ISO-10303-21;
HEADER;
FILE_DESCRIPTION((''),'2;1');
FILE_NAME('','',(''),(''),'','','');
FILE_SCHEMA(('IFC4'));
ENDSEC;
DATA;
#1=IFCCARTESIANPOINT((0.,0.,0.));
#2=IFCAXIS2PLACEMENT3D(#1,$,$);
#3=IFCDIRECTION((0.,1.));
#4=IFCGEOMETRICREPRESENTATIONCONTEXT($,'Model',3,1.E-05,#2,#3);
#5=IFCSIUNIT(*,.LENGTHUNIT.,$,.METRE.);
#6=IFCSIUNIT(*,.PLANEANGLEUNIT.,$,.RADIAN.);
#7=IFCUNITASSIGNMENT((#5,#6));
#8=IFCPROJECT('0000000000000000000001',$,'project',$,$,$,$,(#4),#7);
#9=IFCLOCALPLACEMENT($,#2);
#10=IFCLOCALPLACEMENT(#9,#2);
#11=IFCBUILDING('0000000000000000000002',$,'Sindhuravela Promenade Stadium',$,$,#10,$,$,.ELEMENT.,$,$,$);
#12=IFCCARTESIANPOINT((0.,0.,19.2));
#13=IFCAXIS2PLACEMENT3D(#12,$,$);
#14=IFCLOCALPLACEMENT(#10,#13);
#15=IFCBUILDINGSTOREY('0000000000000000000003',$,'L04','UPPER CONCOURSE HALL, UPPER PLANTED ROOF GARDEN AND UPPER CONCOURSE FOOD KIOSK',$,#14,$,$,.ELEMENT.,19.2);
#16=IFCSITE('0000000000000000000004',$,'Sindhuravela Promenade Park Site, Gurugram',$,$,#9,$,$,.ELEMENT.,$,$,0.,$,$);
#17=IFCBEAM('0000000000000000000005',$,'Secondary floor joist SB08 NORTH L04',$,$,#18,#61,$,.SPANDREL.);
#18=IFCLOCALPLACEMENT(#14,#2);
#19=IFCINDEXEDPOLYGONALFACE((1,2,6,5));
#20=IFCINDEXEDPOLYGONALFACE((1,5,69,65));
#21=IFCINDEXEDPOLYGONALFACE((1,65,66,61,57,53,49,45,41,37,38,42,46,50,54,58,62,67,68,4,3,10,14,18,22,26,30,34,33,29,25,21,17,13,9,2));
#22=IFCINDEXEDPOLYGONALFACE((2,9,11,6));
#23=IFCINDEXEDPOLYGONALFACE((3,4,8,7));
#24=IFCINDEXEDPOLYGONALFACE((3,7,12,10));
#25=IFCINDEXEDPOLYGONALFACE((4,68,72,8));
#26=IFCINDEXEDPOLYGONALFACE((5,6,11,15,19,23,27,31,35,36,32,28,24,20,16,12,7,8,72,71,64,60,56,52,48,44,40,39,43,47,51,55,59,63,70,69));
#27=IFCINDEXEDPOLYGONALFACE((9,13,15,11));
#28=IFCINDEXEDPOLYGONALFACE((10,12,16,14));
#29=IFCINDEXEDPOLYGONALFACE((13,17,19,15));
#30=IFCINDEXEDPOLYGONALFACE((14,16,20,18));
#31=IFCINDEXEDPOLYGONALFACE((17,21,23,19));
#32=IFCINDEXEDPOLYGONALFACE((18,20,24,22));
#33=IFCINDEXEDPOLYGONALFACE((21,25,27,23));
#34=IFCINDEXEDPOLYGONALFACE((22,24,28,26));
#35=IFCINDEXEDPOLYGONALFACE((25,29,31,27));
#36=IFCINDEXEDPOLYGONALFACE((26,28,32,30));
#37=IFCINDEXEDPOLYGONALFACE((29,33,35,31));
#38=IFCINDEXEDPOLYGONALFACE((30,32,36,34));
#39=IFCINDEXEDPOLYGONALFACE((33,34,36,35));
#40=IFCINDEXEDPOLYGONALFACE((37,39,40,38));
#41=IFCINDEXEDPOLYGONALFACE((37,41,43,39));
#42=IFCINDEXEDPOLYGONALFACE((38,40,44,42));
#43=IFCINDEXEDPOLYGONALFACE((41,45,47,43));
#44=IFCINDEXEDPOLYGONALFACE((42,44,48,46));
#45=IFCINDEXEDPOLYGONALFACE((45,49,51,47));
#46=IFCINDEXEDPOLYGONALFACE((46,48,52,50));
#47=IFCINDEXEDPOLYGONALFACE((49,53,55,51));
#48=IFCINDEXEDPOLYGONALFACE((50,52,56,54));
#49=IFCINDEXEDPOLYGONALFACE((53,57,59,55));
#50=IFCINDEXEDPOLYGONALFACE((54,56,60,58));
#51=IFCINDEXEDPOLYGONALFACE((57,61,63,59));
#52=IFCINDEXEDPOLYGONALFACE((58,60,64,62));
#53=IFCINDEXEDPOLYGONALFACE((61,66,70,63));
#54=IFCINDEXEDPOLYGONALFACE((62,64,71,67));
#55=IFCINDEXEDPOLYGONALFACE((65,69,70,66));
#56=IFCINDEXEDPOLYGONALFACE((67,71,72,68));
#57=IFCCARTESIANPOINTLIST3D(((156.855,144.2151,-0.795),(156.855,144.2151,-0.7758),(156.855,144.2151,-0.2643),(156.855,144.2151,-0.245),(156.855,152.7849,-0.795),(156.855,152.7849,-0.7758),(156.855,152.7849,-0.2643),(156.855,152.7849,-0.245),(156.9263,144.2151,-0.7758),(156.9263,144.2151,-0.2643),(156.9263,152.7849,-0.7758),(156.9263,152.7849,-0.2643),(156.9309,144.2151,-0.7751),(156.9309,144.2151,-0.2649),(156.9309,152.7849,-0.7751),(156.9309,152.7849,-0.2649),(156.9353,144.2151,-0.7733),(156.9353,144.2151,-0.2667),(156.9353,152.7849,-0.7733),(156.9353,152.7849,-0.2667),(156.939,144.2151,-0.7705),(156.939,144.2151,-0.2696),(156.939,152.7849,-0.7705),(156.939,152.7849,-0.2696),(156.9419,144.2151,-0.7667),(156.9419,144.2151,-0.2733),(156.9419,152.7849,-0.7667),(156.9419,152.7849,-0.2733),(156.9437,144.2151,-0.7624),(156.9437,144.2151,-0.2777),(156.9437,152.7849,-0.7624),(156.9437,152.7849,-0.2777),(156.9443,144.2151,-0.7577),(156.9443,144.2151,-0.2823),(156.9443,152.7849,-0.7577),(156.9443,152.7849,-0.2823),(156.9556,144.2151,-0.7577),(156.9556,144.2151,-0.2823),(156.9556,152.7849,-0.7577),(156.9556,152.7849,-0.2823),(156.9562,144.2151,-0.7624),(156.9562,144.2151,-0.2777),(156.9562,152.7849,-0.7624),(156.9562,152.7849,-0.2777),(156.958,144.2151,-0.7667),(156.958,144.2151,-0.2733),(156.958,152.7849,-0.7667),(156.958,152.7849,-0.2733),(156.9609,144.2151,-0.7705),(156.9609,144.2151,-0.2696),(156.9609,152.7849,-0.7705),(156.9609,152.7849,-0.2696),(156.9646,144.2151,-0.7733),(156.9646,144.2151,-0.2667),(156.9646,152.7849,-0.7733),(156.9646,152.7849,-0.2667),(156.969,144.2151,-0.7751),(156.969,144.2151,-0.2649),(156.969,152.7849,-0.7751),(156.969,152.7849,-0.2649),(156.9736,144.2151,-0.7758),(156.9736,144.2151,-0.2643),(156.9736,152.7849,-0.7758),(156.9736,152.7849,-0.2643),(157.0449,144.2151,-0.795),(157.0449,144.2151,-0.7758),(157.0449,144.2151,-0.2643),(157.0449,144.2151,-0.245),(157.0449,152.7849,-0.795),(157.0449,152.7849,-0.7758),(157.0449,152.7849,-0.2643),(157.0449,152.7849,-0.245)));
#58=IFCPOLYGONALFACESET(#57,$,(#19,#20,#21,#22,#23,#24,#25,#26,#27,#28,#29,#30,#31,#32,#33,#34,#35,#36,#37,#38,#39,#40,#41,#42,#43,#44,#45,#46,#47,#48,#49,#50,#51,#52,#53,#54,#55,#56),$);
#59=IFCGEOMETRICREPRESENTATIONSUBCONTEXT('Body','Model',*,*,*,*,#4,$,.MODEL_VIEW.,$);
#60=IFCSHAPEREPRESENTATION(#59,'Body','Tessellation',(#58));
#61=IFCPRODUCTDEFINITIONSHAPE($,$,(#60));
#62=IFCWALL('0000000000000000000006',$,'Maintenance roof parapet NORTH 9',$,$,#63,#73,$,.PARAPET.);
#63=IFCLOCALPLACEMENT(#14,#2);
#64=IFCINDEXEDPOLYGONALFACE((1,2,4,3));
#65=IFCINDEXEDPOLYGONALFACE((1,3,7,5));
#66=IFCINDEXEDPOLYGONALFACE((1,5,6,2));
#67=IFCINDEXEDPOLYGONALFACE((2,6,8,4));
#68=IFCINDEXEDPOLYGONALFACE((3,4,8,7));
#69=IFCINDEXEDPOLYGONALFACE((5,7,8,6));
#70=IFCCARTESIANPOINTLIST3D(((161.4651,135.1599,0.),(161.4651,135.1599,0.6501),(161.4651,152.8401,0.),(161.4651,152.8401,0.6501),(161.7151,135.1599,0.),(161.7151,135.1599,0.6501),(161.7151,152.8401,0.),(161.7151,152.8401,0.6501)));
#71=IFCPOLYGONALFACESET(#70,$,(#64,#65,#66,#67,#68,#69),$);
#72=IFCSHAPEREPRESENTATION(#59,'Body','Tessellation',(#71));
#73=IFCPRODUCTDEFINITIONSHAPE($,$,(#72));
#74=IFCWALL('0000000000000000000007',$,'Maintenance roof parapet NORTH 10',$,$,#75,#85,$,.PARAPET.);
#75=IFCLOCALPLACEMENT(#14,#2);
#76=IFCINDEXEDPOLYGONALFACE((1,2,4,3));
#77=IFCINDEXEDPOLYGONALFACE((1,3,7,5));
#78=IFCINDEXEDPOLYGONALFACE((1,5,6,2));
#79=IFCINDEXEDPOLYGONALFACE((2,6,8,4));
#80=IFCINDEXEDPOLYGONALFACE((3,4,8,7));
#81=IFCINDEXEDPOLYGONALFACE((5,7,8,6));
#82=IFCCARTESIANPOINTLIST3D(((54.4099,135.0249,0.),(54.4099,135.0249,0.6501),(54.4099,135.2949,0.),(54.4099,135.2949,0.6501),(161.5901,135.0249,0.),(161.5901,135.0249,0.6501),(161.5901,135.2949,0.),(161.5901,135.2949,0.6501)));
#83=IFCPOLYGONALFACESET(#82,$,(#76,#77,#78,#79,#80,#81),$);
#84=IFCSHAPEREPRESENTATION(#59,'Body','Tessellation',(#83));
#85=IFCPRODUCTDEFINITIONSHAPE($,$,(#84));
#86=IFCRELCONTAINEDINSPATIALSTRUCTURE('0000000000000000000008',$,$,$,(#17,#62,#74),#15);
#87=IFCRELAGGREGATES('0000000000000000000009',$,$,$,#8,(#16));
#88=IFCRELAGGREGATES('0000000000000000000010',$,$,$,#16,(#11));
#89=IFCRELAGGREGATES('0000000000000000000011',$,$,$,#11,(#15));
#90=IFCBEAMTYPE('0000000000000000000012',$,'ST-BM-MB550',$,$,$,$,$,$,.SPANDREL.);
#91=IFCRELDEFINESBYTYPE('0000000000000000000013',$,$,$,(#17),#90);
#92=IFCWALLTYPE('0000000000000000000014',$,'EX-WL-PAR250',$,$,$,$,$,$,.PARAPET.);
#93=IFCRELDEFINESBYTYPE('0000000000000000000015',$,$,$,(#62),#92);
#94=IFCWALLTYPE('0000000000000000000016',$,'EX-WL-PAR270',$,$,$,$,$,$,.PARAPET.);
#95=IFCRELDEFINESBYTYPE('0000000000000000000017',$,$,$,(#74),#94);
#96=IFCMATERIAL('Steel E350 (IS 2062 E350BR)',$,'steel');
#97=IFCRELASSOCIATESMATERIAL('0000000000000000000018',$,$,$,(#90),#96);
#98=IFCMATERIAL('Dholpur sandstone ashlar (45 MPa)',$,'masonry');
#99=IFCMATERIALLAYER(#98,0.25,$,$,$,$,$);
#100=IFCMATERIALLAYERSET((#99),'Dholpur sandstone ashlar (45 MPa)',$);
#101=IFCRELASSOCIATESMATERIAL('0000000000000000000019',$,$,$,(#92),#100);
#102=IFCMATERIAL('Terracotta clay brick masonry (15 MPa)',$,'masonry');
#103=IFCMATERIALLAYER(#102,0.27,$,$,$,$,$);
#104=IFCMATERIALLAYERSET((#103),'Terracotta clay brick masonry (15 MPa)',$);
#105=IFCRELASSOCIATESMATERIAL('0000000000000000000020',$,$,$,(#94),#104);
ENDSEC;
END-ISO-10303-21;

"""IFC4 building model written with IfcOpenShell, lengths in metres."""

from ifc_helpers import new_model, si_unit, direction, frame, frame_2d, origin, origin_2d, place, context, subcontext, project, spatial, rectangle, i_section, extrude, material, layer, layer_set, material_profile, profile_set, type_object, element, save


model = new_model("IFC4")

# Units and contexts
model_context = context("Model", 3, precision=1e-05, world=origin(), true_north=direction((0.0, 1.0)))
body_context = subcontext(model_context, "Body", "Model", "MODEL_VIEW")
ifc_project = project(units=[si_unit("LENGTHUNIT", "METRE"), si_unit("PLANEANGLEUNIT", "RADIAN")], contexts=[model_context])

# Site, building, storey
site_placement = place(None, origin())
site = spatial("IfcSite", under=ifc_project, at=site_placement, Name="Sindhuravela Promenade Park Site, Gurugram", CompositionType="ELEMENT", RefElevation=0.0)
building_placement = place(site_placement, origin())
building = spatial("IfcBuilding", under=site, at=building_placement, Name="Sindhuravela Promenade Stadium", CompositionType="ELEMENT")
storey_placement = place(building_placement, frame((0.0, 0.0, 19.2)))
storey = spatial("IfcBuildingStorey", under=building, at=storey_placement, Name="L04", Description="UPPER CONCOURSE HALL, UPPER PLANTED ROOF GARDEN AND UPPER CONCOURSE FOOD KIOSK", CompositionType="ELEMENT", Elevation=19.2)

# Shared definitions
ifc_material_1 = material(Name="Steel E350 (IS 2062 E350BR)", Category="steel")

# Beam
ifc_material_profile_1 = material_profile(ifc_material_1, i_section(OverallWidth=0.1899, OverallDepth=0.55, WebThickness=0.0112, FlangeThickness=0.0193, FilletRadius=0.0181, at=origin_2d()), Name="ISMB 550")
ifc_profile_set_1 = profile_set([ifc_material_profile_1], Name="Steel E350 (IS 2062 E350BR)")
beam_type_1 = type_object("IfcBeamType", Name="ST-BM-MB550", PredefinedType="SPANDREL", material=ifc_profile_set_1)
beam_1_placement = place(storey_placement, frame((156.95, 144.2151, -0.52), z_axis=(0.0, 1.0, 0.0), x_axis=(-1.0, 0.0, 0.0)))
element("IfcBeam", 1, at=beam_1_placement, inside=storey, type_object=beam_type_1, Name="Secondary floor joist SB08 NORTH L04", PredefinedType="SPANDREL", context=body_context, shape_type="SweptSolid", body=[
    extrude(i_section(OverallWidth=0.1899, OverallDepth=0.55, WebThickness=0.0112, FlangeThickness=0.0193, FilletRadius=0.0181, at=origin_2d()), origin(), (0.0, 0.0, 1.0), 8.5698),
])

# Walls
ifc_material_2 = material(Name="Dholpur sandstone ashlar (45 MPa)", Category="masonry")
ifc_layer_1 = layer(ifc_material_2, 0.25)
ifc_layer_set_1 = layer_set([ifc_layer_1], Name="Dholpur sandstone ashlar (45 MPa)")
wall_type_1 = type_object("IfcWallType", Name="EX-WL-PAR250", PredefinedType="PARAPET", material=ifc_layer_set_1)
wall_1_placement = place(storey_placement, frame((161.5901, 152.8401, 0.0), z_axis=(0.0, 0.0, 1.0), x_axis=(0.0, -1.0, 0.0)))
element("IfcWall", 2, at=wall_1_placement, inside=storey, type_object=wall_type_1, Name="Maintenance roof parapet NORTH 9", PredefinedType="PARAPET", context=body_context, shape_type="SweptSolid", body=[
    extrude(rectangle(XDim=17.6802, YDim=0.25, at=frame_2d((8.8401, 0.0))), origin(), (0.0, 0.0, 1.0), 0.6501),
])
ifc_material_3 = material(Name="Terracotta clay brick masonry (15 MPa)", Category="masonry")
ifc_layer_2 = layer(ifc_material_3, 0.27)
ifc_layer_set_2 = layer_set([ifc_layer_2], Name="Terracotta clay brick masonry (15 MPa)")
wall_type_2 = type_object("IfcWallType", Name="EX-WL-PAR270", PredefinedType="PARAPET", material=ifc_layer_set_2)
wall_2_placement = place(storey_placement, frame((161.5901, 135.1599, 0.0), z_axis=(0.0, 0.0, 1.0), x_axis=(-1.0, 0.0, 0.0)))
element("IfcWall", 3, at=wall_2_placement, inside=storey, type_object=wall_type_2, Name="Maintenance roof parapet NORTH 10", PredefinedType="PARAPET", context=body_context, shape_type="SweptSolid", body=[
    extrude(rectangle(XDim=107.1802, YDim=0.27, at=frame_2d((53.5901, 0.0))), origin(), (0.0, 0.0, 1.0), 0.6501),
])

save(model, "model.ifc")
